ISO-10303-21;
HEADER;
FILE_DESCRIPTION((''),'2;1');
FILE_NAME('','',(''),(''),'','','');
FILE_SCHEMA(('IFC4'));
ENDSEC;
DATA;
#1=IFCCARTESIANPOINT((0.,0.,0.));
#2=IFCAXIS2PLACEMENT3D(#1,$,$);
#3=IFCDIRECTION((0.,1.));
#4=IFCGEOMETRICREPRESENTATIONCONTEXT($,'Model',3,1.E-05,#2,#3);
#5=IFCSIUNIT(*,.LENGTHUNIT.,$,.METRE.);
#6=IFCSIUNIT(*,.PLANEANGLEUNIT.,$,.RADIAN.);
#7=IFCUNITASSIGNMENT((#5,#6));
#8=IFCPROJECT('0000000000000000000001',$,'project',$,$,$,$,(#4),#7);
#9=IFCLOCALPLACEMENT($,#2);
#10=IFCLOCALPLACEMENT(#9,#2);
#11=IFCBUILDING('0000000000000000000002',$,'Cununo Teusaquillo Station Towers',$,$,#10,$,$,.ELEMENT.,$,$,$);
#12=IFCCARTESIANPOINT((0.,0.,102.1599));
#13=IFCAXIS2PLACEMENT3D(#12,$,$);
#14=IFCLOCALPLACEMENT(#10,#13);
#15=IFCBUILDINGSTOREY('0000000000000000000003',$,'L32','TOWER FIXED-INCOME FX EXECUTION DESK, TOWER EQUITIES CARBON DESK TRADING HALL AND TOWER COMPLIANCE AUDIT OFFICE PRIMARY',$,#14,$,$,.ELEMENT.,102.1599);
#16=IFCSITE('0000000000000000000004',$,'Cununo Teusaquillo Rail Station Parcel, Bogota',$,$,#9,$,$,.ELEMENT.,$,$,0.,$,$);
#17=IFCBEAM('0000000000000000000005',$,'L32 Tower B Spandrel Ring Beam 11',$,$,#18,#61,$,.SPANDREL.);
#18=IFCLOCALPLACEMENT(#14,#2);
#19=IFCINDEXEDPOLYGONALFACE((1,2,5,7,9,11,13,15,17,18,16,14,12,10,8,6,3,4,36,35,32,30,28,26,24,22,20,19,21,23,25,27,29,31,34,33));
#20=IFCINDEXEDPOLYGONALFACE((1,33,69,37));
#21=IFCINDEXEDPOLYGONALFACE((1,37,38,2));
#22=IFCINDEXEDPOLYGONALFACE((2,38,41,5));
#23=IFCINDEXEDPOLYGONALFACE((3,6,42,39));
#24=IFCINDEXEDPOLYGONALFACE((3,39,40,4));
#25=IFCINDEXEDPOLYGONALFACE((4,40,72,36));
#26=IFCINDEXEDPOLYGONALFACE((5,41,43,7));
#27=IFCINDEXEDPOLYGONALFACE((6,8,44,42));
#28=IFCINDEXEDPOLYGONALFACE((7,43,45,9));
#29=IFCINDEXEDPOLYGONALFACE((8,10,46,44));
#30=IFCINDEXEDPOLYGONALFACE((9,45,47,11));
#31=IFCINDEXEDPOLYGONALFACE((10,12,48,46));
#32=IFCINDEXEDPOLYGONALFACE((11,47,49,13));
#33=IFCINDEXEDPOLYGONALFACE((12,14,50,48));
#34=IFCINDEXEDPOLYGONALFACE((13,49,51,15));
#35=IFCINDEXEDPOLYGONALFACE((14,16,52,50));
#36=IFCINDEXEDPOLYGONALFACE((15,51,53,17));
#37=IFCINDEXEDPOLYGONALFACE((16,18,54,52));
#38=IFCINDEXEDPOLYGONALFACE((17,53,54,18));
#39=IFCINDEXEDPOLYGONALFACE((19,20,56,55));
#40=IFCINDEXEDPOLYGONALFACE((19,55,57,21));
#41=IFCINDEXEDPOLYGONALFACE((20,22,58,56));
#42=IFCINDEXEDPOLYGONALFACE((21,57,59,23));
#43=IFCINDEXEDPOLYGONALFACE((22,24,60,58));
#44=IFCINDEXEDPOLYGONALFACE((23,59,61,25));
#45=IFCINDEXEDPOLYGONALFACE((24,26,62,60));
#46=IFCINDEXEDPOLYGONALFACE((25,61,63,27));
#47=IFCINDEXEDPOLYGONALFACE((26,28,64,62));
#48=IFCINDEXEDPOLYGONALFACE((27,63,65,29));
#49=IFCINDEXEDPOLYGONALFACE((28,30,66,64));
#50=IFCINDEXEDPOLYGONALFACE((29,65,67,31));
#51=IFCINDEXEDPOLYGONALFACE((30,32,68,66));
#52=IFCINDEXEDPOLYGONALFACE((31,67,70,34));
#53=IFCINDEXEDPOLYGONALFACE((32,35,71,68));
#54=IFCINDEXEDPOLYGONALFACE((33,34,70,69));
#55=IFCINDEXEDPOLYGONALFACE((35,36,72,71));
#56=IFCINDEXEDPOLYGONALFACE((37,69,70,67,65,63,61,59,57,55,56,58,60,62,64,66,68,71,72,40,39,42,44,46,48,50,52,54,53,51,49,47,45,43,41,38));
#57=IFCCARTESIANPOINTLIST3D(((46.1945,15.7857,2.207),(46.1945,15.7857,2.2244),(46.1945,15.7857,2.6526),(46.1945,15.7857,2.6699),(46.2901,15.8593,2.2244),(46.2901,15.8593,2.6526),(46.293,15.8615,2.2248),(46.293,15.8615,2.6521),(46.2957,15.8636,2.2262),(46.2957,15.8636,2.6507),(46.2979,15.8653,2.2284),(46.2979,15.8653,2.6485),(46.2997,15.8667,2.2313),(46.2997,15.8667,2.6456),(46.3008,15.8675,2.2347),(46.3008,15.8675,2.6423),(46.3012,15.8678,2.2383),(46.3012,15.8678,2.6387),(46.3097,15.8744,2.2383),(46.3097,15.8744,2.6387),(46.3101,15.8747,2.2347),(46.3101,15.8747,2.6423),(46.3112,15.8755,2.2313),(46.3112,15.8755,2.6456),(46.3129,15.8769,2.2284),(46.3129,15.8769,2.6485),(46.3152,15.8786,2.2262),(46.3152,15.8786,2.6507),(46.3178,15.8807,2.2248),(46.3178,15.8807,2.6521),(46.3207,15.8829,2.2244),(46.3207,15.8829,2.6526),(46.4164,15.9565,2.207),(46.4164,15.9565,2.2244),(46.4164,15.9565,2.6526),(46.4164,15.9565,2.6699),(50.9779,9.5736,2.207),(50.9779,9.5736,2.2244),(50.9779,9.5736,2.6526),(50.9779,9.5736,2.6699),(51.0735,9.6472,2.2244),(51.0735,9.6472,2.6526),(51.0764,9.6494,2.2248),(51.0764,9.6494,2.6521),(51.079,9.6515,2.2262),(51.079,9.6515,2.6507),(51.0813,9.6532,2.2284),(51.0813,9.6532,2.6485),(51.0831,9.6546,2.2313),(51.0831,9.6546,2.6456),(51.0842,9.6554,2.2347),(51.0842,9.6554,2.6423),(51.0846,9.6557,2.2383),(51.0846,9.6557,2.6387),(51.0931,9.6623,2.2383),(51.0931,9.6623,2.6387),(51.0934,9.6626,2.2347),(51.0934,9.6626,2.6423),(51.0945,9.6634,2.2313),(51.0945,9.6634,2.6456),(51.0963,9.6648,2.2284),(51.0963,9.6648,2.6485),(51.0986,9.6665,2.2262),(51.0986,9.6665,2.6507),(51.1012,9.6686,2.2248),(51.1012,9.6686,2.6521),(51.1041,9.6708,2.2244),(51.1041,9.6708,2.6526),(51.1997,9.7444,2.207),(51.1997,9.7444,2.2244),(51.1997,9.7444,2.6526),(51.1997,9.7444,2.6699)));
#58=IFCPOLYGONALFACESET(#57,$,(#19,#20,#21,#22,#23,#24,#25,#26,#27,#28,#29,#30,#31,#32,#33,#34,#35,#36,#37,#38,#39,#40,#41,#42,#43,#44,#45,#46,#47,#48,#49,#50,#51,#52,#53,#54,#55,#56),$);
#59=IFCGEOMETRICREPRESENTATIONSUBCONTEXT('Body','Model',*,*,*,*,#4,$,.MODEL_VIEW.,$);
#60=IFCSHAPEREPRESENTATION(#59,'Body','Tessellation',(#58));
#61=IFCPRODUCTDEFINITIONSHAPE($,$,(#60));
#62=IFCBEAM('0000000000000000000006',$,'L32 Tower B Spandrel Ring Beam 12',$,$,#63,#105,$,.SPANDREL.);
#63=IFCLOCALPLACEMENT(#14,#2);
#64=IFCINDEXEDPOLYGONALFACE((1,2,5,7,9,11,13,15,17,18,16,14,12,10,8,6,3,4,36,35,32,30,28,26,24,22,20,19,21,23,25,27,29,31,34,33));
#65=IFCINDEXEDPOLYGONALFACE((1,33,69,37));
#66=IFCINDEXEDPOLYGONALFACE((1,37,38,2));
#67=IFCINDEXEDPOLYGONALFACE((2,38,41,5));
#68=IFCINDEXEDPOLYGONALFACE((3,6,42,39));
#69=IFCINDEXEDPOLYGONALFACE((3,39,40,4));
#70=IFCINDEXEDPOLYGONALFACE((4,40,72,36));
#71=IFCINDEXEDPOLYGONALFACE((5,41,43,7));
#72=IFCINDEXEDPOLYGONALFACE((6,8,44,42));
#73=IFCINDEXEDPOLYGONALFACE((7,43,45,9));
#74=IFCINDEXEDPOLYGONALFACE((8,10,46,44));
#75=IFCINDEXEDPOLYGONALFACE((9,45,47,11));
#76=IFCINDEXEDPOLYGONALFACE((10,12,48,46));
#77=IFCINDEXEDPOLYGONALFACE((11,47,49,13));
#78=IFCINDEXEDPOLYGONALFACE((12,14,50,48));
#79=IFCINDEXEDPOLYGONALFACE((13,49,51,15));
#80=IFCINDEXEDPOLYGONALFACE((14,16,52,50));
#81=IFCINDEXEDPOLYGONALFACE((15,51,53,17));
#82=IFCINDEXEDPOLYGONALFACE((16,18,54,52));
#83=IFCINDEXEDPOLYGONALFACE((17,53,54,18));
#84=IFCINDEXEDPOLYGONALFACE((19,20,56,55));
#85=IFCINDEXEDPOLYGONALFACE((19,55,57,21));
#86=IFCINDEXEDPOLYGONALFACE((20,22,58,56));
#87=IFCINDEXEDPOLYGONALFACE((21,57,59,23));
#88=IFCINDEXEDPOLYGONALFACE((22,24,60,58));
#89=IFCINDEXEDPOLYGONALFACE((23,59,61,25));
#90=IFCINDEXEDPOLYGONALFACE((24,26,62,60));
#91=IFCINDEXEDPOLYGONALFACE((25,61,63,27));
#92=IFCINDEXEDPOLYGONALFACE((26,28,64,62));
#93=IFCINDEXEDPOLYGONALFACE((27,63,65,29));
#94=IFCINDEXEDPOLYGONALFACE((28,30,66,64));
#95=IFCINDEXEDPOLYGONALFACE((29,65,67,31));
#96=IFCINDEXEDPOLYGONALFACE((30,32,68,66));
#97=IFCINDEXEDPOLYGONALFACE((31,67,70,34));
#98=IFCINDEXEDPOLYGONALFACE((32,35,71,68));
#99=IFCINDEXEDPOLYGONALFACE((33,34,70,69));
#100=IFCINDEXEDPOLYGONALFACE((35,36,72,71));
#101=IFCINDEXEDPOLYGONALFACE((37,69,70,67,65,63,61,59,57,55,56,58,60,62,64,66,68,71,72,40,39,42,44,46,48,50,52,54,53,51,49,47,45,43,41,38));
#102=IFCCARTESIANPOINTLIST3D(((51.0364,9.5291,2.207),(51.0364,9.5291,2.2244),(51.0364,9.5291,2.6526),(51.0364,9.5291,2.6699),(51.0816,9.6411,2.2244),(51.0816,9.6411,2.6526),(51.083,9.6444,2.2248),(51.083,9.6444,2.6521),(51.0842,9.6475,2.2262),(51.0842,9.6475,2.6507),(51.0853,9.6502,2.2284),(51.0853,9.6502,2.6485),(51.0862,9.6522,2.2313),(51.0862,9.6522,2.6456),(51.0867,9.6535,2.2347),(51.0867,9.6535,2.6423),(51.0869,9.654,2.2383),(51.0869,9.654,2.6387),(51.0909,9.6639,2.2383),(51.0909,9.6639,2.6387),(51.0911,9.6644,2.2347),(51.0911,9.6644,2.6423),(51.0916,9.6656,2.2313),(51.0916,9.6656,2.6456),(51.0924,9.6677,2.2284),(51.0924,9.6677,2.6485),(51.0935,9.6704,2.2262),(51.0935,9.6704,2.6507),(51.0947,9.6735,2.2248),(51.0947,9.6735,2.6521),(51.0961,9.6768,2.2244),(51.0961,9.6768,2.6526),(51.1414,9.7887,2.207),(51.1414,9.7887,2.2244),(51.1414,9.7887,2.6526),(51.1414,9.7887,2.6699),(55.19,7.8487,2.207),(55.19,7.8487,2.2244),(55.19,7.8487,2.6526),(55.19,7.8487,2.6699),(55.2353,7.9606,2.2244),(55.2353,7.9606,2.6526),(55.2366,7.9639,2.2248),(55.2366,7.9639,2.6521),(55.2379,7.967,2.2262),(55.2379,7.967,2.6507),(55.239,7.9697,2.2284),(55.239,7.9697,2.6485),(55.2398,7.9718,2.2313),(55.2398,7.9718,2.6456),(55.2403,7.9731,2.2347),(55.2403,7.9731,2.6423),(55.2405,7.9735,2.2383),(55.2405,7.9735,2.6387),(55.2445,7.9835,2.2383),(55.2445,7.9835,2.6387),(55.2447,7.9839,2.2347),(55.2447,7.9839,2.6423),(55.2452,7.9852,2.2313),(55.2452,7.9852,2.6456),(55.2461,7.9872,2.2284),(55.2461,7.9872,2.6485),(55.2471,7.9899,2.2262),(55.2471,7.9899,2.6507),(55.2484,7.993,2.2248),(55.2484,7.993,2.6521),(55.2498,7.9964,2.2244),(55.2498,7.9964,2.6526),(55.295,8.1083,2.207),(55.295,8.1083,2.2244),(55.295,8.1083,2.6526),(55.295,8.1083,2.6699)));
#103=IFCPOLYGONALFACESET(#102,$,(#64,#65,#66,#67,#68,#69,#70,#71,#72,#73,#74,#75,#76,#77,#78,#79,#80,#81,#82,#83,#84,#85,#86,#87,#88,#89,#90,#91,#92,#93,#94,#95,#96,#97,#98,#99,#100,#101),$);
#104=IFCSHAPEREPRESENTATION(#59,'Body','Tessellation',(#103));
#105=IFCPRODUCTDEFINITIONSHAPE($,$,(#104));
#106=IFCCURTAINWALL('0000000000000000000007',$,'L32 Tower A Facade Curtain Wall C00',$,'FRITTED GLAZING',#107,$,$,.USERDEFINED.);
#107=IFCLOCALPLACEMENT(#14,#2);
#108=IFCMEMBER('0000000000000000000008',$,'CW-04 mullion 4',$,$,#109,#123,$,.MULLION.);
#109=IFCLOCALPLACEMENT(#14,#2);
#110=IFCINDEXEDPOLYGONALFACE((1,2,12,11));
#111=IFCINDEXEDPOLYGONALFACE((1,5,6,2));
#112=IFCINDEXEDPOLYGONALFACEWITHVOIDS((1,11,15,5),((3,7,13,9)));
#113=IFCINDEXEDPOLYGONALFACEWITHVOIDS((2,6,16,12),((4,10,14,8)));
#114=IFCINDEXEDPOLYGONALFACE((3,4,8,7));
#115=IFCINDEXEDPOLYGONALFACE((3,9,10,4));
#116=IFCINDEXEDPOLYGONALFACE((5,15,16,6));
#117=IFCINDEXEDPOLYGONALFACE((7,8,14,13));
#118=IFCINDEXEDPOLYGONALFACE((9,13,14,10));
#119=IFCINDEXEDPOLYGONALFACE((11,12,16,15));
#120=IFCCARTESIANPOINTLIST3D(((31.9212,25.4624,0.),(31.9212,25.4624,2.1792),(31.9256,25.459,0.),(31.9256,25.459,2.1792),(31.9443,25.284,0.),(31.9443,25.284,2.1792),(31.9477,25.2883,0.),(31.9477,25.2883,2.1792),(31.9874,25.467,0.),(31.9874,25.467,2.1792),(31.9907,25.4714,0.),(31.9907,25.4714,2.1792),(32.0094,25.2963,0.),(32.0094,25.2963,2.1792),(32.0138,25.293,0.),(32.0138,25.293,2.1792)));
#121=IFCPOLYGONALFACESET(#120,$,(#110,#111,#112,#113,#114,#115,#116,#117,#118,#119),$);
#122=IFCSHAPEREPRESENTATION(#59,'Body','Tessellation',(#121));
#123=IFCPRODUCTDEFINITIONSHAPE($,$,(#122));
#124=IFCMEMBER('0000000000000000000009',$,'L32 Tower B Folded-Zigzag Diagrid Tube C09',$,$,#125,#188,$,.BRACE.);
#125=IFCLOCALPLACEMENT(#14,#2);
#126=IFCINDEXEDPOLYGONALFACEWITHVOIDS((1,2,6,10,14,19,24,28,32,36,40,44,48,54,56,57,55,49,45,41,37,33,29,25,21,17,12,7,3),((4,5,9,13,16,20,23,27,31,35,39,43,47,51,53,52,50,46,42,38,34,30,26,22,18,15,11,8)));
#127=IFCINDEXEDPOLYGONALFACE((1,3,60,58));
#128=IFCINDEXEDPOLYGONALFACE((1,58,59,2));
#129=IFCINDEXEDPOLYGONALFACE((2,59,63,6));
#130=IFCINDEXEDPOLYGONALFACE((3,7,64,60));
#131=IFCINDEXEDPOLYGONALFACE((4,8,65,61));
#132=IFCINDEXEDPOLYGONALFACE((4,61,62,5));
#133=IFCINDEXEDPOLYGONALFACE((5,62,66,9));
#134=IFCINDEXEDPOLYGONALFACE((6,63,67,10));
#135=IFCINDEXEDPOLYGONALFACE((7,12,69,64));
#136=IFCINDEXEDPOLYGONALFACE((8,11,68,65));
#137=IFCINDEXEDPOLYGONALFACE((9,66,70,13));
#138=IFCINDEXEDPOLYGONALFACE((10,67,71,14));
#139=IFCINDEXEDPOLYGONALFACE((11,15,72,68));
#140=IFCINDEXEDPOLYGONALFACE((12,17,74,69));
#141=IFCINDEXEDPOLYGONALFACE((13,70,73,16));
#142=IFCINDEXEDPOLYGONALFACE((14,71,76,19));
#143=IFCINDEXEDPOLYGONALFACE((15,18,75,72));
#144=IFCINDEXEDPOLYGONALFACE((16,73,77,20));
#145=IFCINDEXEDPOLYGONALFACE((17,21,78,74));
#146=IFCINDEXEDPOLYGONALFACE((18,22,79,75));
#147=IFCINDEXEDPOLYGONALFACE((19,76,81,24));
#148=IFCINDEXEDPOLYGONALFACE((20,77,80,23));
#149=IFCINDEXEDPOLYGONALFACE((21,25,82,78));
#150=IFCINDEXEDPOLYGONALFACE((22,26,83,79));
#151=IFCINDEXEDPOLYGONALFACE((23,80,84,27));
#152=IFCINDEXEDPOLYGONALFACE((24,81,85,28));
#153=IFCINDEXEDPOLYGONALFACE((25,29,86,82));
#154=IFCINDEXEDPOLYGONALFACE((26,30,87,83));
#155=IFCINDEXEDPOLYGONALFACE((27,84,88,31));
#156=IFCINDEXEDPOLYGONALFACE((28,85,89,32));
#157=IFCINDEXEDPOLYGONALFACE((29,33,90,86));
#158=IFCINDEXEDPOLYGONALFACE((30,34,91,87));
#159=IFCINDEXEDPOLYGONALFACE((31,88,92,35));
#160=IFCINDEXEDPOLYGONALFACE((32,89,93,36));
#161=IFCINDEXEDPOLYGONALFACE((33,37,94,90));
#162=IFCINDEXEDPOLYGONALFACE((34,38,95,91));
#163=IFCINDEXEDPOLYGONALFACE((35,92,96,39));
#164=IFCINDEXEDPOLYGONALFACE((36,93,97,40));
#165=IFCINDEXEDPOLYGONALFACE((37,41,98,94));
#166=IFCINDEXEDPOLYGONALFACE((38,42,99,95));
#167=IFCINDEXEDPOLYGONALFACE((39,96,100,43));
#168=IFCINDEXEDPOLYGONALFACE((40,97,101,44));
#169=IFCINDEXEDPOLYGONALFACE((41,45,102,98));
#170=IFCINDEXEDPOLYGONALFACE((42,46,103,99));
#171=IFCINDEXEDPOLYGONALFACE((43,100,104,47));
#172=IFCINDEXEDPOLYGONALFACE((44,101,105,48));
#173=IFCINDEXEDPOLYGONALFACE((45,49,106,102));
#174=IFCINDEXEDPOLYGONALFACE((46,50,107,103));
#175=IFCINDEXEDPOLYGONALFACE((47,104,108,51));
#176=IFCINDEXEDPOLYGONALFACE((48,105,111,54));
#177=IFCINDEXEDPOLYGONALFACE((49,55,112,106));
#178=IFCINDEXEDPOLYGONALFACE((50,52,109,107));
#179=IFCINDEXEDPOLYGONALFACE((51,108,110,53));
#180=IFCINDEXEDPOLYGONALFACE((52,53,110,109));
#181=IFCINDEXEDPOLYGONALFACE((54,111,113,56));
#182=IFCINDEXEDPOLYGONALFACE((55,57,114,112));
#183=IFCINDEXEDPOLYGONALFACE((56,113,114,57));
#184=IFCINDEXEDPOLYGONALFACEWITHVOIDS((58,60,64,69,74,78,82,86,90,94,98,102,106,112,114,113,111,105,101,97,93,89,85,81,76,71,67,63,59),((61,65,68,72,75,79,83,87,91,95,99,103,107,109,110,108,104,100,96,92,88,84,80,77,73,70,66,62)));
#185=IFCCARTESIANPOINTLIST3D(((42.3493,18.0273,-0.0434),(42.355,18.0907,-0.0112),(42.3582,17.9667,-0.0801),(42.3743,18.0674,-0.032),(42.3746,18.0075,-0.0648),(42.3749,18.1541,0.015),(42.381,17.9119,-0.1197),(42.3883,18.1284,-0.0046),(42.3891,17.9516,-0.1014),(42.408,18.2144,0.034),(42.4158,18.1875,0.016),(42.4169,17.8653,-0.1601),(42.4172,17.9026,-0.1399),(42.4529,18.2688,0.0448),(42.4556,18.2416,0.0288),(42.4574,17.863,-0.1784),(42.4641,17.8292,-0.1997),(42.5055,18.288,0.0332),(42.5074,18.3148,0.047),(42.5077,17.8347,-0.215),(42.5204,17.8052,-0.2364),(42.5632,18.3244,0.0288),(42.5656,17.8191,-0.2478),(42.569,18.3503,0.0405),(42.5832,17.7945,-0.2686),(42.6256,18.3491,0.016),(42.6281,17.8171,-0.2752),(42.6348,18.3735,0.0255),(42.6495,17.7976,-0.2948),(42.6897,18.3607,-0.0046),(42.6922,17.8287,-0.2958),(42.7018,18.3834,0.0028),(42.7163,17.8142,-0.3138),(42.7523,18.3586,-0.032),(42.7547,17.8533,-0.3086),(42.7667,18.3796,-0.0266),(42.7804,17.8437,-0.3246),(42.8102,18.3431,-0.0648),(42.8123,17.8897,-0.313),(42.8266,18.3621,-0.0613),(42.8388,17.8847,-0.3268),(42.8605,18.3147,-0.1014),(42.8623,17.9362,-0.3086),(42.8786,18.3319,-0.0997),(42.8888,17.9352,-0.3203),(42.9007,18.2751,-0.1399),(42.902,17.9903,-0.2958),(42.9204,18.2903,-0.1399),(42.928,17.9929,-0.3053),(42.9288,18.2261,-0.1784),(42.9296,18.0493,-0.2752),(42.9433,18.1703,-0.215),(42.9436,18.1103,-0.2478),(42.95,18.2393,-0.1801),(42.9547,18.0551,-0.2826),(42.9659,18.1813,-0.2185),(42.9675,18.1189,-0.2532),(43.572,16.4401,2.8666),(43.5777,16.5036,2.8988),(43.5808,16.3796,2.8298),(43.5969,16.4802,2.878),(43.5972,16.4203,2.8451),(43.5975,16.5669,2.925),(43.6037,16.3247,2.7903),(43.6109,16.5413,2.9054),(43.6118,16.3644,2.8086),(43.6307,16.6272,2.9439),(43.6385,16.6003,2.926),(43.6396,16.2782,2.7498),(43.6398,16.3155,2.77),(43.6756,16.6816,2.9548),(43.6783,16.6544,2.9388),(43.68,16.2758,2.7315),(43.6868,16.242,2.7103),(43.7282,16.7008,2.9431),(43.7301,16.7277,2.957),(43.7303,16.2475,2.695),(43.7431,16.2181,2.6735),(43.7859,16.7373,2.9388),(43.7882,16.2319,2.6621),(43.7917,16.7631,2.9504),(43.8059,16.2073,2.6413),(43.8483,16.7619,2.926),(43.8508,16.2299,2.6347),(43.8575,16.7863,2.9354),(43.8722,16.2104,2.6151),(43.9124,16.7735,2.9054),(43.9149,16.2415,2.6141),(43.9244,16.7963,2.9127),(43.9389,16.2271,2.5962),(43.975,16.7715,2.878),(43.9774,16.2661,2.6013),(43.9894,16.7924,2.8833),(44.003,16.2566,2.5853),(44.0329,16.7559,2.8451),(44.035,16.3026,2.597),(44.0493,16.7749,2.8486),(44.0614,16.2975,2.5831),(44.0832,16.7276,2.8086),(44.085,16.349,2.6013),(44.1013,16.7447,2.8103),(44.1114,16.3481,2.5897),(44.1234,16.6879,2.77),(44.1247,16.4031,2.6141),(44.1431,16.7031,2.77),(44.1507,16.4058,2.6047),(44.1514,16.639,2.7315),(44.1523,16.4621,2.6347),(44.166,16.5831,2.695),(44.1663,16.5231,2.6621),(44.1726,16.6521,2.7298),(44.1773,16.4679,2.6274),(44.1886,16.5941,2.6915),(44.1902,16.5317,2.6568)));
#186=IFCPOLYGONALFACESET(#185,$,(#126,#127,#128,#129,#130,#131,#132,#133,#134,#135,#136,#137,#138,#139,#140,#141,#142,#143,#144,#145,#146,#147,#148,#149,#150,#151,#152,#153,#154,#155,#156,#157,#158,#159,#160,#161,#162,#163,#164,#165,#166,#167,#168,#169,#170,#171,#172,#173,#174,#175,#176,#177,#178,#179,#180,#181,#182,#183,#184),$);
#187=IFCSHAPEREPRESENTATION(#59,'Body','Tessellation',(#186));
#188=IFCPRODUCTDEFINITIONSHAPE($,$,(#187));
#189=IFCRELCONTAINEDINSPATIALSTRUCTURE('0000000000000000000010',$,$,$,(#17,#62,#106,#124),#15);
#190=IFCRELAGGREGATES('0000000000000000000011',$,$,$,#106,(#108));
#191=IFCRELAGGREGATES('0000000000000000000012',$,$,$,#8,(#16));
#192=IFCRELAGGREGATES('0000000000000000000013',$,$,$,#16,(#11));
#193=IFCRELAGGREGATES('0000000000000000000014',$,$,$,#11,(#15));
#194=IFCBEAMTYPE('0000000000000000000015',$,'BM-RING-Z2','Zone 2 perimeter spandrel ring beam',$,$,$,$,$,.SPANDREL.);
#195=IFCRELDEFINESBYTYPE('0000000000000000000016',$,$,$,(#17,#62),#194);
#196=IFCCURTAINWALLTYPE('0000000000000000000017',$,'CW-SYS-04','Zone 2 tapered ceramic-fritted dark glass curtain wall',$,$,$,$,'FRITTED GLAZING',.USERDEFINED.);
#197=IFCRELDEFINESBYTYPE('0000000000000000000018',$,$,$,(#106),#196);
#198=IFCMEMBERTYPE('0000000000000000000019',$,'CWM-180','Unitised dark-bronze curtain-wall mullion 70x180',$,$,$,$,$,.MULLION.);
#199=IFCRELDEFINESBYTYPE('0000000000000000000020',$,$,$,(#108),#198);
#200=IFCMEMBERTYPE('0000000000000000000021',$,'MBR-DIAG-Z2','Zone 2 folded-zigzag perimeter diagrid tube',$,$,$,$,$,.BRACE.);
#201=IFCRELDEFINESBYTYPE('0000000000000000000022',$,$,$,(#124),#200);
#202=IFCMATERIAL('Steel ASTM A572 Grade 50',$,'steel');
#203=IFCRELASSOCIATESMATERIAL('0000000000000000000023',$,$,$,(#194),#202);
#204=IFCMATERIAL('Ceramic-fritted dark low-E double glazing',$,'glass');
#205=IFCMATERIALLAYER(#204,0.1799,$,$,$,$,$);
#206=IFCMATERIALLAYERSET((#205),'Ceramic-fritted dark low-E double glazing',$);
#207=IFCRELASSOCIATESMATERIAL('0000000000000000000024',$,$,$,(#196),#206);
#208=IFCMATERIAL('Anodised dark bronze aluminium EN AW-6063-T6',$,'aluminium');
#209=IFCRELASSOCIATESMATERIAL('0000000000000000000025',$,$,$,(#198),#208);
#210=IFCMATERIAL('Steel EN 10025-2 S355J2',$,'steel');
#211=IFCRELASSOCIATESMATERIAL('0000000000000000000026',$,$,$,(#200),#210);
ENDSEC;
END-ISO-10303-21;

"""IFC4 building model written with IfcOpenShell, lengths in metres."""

from ifc_helpers import new_model, si_unit, direction, frame, origin, origin_2d, place, context, subcontext, project, spatial, hollow_rectangle, hollow_circle, i_section, extrude, material, layer, layer_set, material_profile, profile_set, type_object, element, aggregate, save


model = new_model("IFC4")

# Units and contexts
model_context = context("Model", 3, precision=1e-05, world=origin(), true_north=direction((0.0, 1.0)))
body_context = subcontext(model_context, "Body", "Model", "MODEL_VIEW")
ifc_project = project(units=[si_unit("LENGTHUNIT", "METRE"), si_unit("PLANEANGLEUNIT", "RADIAN")], contexts=[model_context])

# Site, building, storey
site_placement = place(None, origin())
site = spatial("IfcSite", under=ifc_project, at=site_placement, Name="Cununo Teusaquillo Rail Station Parcel, Bogota", CompositionType="ELEMENT", RefElevation=0.0)
building_placement = place(site_placement, origin())
building = spatial("IfcBuilding", under=site, at=building_placement, Name="Cununo Teusaquillo Station Towers", CompositionType="ELEMENT")
storey_placement = place(building_placement, frame((0.0, 0.0, 102.1599)))
storey = spatial("IfcBuildingStorey", under=building, at=storey_placement, Name="L32", Description="TOWER FIXED-INCOME FX EXECUTION DESK, TOWER EQUITIES CARBON DESK TRADING HALL AND TOWER COMPLIANCE AUDIT OFFICE PRIMARY", CompositionType="ELEMENT", Elevation=102.1599)

# Beams
ifc_material_1 = material(Name="Steel ASTM A572 Grade 50", Category="steel")
ifc_material_profile_1 = material_profile(ifc_material_1, i_section(OverallWidth=0.28, OverallDepth=0.4629, WebThickness=0.0107, FlangeThickness=0.0173, FilletRadius=0.0139, at=origin_2d()), Name="W18X76")
ifc_profile_set_1 = profile_set([ifc_material_profile_1], Name="Steel ASTM A572 Grade 50")
beam_type_1 = type_object("IfcBeamType", Name="BM-RING-Z2", Description="Zone 2 perimeter spandrel ring beam", PredefinedType="SPANDREL", material=ifc_profile_set_1)
beam_1_placement = place(storey_placement, frame((46.3054, 15.8711, 2.4385), z_axis=(0.6101, -0.792324, 0.0), x_axis=(0.792324, 0.6101, 0.0)))
element("IfcBeam", 1, at=beam_1_placement, inside=storey, type_object=beam_type_1, Name="L32 Tower B Spandrel Ring Beam 11", PredefinedType="SPANDREL", context=body_context, shape_type="SweptSolid", body=[
    extrude(i_section(OverallWidth=0.28, OverallDepth=0.4629, WebThickness=0.0107, FlangeThickness=0.0173, FilletRadius=0.0139, at=origin_2d()), origin(), (0.0, 0.0, 1.0), 7.8403),
])
beam_2_placement = place(storey_placement, frame((51.0889, 9.6589, 2.4385), z_axis=(0.927008, -0.375042, 0.0), x_axis=(0.375042, 0.927008, 0.0)))
element("IfcBeam", 2, at=beam_2_placement, inside=storey, type_object=beam_type_1, Name="L32 Tower B Spandrel Ring Beam 12", PredefinedType="SPANDREL", context=body_context, shape_type="SweptSolid", body=[
    extrude(i_section(OverallWidth=0.28, OverallDepth=0.4629, WebThickness=0.0107, FlangeThickness=0.0173, FilletRadius=0.0139, at=origin_2d()), origin(), (0.0, 0.0, 1.0), 4.4807),
])

# Curtain wall, member
ifc_material_2 = material(Name="Ceramic-fritted dark low-E double glazing", Category="glass")
ifc_layer_1 = layer(ifc_material_2, 0.1799)
ifc_layer_set_1 = layer_set([ifc_layer_1], Name="Ceramic-fritted dark low-E double glazing")
curtain_wall_type = type_object("IfcCurtainWallType", Name="CW-SYS-04", Description="Zone 2 tapered ceramic-fritted dark glass curtain wall", ElementType="FRITTED GLAZING", PredefinedType="USERDEFINED", material=ifc_layer_set_1)
curtain_wall_placement = place(storey_placement, origin())
curtain_wall = element("IfcCurtainWall", 3, at=curtain_wall_placement, inside=storey, type_object=curtain_wall_type, Name="L32 Tower A Facade Curtain Wall C00", ObjectType="FRITTED GLAZING", PredefinedType="USERDEFINED")
ifc_material_3 = material(Name="Anodised dark bronze aluminium EN AW-6063-T6", Category="aluminium")
ifc_material_profile_2 = material_profile(ifc_material_3, hollow_rectangle(XDim=0.0701, YDim=0.1799, WallThickness=0.0039, at=origin_2d()), Name="CW-MULL-70x180")
ifc_profile_set_2 = profile_set([ifc_material_profile_2], Name="Anodised dark bronze aluminium EN AW-6063-T6")
member_type_1 = type_object("IfcMemberType", Name="CWM-180", Description="Unitised dark-bronze curtain-wall mullion 70x180", PredefinedType="MULLION", material=ifc_profile_set_2)
member_1_placement = place(storey_placement, frame((31.9675, 25.3777, 0.0), z_axis=(0.0, 0.0, 1.0), x_axis=(0.991731, 0.128336, 0.0)))
member_1 = element("IfcMember", 4, at=member_1_placement, type_object=member_type_1, Name="CW-04 mullion 4", PredefinedType="MULLION", context=body_context, shape_type="SweptSolid", body=[
    extrude(hollow_rectangle(XDim=0.0701, YDim=0.1799, WallThickness=0.0039, at=origin_2d()), origin(), (0.0, 0.0, 1.0), 2.1792),
])
aggregate(curtain_wall, [member_1])

# Member
ifc_material_4 = material(Name="Steel EN 10025-2 S355J2", Category="steel")
ifc_material_profile_3 = material_profile(ifc_material_4, hollow_circle(Radius=0.3301, WallThickness=0.0249, at=origin_2d()), Name="CHS 660x25")
ifc_profile_set_3 = profile_set([ifc_material_profile_3], Name="Steel EN 10025-2 S355J2")
member_type_2 = type_object("IfcMemberType", Name="MBR-DIAG-Z2", Description="Zone 2 folded-zigzag perimeter diagrid tube", PredefinedType="BRACE", material=ifc_profile_set_3)
member_2_placement = place(storey_placement, frame((42.6589, 18.0889, -0.1399), z_axis=(0.346075, -0.449248, 0.823656), x_axis=(0.792198, 0.610264, 0.0)))
element("IfcMember", 5, at=member_2_placement, inside=storey, type_object=member_type_2, Name="L32 Tower B Folded-Zigzag Diagrid Tube C09", PredefinedType="BRACE", context=body_context, shape_type="SweptSolid", body=[
    extrude(hollow_circle(Radius=0.3301, WallThickness=0.0249, at=origin_2d()), origin(), (0.0, 0.0, 1.0), 3.533),
])

save(model, "model.ifc")
